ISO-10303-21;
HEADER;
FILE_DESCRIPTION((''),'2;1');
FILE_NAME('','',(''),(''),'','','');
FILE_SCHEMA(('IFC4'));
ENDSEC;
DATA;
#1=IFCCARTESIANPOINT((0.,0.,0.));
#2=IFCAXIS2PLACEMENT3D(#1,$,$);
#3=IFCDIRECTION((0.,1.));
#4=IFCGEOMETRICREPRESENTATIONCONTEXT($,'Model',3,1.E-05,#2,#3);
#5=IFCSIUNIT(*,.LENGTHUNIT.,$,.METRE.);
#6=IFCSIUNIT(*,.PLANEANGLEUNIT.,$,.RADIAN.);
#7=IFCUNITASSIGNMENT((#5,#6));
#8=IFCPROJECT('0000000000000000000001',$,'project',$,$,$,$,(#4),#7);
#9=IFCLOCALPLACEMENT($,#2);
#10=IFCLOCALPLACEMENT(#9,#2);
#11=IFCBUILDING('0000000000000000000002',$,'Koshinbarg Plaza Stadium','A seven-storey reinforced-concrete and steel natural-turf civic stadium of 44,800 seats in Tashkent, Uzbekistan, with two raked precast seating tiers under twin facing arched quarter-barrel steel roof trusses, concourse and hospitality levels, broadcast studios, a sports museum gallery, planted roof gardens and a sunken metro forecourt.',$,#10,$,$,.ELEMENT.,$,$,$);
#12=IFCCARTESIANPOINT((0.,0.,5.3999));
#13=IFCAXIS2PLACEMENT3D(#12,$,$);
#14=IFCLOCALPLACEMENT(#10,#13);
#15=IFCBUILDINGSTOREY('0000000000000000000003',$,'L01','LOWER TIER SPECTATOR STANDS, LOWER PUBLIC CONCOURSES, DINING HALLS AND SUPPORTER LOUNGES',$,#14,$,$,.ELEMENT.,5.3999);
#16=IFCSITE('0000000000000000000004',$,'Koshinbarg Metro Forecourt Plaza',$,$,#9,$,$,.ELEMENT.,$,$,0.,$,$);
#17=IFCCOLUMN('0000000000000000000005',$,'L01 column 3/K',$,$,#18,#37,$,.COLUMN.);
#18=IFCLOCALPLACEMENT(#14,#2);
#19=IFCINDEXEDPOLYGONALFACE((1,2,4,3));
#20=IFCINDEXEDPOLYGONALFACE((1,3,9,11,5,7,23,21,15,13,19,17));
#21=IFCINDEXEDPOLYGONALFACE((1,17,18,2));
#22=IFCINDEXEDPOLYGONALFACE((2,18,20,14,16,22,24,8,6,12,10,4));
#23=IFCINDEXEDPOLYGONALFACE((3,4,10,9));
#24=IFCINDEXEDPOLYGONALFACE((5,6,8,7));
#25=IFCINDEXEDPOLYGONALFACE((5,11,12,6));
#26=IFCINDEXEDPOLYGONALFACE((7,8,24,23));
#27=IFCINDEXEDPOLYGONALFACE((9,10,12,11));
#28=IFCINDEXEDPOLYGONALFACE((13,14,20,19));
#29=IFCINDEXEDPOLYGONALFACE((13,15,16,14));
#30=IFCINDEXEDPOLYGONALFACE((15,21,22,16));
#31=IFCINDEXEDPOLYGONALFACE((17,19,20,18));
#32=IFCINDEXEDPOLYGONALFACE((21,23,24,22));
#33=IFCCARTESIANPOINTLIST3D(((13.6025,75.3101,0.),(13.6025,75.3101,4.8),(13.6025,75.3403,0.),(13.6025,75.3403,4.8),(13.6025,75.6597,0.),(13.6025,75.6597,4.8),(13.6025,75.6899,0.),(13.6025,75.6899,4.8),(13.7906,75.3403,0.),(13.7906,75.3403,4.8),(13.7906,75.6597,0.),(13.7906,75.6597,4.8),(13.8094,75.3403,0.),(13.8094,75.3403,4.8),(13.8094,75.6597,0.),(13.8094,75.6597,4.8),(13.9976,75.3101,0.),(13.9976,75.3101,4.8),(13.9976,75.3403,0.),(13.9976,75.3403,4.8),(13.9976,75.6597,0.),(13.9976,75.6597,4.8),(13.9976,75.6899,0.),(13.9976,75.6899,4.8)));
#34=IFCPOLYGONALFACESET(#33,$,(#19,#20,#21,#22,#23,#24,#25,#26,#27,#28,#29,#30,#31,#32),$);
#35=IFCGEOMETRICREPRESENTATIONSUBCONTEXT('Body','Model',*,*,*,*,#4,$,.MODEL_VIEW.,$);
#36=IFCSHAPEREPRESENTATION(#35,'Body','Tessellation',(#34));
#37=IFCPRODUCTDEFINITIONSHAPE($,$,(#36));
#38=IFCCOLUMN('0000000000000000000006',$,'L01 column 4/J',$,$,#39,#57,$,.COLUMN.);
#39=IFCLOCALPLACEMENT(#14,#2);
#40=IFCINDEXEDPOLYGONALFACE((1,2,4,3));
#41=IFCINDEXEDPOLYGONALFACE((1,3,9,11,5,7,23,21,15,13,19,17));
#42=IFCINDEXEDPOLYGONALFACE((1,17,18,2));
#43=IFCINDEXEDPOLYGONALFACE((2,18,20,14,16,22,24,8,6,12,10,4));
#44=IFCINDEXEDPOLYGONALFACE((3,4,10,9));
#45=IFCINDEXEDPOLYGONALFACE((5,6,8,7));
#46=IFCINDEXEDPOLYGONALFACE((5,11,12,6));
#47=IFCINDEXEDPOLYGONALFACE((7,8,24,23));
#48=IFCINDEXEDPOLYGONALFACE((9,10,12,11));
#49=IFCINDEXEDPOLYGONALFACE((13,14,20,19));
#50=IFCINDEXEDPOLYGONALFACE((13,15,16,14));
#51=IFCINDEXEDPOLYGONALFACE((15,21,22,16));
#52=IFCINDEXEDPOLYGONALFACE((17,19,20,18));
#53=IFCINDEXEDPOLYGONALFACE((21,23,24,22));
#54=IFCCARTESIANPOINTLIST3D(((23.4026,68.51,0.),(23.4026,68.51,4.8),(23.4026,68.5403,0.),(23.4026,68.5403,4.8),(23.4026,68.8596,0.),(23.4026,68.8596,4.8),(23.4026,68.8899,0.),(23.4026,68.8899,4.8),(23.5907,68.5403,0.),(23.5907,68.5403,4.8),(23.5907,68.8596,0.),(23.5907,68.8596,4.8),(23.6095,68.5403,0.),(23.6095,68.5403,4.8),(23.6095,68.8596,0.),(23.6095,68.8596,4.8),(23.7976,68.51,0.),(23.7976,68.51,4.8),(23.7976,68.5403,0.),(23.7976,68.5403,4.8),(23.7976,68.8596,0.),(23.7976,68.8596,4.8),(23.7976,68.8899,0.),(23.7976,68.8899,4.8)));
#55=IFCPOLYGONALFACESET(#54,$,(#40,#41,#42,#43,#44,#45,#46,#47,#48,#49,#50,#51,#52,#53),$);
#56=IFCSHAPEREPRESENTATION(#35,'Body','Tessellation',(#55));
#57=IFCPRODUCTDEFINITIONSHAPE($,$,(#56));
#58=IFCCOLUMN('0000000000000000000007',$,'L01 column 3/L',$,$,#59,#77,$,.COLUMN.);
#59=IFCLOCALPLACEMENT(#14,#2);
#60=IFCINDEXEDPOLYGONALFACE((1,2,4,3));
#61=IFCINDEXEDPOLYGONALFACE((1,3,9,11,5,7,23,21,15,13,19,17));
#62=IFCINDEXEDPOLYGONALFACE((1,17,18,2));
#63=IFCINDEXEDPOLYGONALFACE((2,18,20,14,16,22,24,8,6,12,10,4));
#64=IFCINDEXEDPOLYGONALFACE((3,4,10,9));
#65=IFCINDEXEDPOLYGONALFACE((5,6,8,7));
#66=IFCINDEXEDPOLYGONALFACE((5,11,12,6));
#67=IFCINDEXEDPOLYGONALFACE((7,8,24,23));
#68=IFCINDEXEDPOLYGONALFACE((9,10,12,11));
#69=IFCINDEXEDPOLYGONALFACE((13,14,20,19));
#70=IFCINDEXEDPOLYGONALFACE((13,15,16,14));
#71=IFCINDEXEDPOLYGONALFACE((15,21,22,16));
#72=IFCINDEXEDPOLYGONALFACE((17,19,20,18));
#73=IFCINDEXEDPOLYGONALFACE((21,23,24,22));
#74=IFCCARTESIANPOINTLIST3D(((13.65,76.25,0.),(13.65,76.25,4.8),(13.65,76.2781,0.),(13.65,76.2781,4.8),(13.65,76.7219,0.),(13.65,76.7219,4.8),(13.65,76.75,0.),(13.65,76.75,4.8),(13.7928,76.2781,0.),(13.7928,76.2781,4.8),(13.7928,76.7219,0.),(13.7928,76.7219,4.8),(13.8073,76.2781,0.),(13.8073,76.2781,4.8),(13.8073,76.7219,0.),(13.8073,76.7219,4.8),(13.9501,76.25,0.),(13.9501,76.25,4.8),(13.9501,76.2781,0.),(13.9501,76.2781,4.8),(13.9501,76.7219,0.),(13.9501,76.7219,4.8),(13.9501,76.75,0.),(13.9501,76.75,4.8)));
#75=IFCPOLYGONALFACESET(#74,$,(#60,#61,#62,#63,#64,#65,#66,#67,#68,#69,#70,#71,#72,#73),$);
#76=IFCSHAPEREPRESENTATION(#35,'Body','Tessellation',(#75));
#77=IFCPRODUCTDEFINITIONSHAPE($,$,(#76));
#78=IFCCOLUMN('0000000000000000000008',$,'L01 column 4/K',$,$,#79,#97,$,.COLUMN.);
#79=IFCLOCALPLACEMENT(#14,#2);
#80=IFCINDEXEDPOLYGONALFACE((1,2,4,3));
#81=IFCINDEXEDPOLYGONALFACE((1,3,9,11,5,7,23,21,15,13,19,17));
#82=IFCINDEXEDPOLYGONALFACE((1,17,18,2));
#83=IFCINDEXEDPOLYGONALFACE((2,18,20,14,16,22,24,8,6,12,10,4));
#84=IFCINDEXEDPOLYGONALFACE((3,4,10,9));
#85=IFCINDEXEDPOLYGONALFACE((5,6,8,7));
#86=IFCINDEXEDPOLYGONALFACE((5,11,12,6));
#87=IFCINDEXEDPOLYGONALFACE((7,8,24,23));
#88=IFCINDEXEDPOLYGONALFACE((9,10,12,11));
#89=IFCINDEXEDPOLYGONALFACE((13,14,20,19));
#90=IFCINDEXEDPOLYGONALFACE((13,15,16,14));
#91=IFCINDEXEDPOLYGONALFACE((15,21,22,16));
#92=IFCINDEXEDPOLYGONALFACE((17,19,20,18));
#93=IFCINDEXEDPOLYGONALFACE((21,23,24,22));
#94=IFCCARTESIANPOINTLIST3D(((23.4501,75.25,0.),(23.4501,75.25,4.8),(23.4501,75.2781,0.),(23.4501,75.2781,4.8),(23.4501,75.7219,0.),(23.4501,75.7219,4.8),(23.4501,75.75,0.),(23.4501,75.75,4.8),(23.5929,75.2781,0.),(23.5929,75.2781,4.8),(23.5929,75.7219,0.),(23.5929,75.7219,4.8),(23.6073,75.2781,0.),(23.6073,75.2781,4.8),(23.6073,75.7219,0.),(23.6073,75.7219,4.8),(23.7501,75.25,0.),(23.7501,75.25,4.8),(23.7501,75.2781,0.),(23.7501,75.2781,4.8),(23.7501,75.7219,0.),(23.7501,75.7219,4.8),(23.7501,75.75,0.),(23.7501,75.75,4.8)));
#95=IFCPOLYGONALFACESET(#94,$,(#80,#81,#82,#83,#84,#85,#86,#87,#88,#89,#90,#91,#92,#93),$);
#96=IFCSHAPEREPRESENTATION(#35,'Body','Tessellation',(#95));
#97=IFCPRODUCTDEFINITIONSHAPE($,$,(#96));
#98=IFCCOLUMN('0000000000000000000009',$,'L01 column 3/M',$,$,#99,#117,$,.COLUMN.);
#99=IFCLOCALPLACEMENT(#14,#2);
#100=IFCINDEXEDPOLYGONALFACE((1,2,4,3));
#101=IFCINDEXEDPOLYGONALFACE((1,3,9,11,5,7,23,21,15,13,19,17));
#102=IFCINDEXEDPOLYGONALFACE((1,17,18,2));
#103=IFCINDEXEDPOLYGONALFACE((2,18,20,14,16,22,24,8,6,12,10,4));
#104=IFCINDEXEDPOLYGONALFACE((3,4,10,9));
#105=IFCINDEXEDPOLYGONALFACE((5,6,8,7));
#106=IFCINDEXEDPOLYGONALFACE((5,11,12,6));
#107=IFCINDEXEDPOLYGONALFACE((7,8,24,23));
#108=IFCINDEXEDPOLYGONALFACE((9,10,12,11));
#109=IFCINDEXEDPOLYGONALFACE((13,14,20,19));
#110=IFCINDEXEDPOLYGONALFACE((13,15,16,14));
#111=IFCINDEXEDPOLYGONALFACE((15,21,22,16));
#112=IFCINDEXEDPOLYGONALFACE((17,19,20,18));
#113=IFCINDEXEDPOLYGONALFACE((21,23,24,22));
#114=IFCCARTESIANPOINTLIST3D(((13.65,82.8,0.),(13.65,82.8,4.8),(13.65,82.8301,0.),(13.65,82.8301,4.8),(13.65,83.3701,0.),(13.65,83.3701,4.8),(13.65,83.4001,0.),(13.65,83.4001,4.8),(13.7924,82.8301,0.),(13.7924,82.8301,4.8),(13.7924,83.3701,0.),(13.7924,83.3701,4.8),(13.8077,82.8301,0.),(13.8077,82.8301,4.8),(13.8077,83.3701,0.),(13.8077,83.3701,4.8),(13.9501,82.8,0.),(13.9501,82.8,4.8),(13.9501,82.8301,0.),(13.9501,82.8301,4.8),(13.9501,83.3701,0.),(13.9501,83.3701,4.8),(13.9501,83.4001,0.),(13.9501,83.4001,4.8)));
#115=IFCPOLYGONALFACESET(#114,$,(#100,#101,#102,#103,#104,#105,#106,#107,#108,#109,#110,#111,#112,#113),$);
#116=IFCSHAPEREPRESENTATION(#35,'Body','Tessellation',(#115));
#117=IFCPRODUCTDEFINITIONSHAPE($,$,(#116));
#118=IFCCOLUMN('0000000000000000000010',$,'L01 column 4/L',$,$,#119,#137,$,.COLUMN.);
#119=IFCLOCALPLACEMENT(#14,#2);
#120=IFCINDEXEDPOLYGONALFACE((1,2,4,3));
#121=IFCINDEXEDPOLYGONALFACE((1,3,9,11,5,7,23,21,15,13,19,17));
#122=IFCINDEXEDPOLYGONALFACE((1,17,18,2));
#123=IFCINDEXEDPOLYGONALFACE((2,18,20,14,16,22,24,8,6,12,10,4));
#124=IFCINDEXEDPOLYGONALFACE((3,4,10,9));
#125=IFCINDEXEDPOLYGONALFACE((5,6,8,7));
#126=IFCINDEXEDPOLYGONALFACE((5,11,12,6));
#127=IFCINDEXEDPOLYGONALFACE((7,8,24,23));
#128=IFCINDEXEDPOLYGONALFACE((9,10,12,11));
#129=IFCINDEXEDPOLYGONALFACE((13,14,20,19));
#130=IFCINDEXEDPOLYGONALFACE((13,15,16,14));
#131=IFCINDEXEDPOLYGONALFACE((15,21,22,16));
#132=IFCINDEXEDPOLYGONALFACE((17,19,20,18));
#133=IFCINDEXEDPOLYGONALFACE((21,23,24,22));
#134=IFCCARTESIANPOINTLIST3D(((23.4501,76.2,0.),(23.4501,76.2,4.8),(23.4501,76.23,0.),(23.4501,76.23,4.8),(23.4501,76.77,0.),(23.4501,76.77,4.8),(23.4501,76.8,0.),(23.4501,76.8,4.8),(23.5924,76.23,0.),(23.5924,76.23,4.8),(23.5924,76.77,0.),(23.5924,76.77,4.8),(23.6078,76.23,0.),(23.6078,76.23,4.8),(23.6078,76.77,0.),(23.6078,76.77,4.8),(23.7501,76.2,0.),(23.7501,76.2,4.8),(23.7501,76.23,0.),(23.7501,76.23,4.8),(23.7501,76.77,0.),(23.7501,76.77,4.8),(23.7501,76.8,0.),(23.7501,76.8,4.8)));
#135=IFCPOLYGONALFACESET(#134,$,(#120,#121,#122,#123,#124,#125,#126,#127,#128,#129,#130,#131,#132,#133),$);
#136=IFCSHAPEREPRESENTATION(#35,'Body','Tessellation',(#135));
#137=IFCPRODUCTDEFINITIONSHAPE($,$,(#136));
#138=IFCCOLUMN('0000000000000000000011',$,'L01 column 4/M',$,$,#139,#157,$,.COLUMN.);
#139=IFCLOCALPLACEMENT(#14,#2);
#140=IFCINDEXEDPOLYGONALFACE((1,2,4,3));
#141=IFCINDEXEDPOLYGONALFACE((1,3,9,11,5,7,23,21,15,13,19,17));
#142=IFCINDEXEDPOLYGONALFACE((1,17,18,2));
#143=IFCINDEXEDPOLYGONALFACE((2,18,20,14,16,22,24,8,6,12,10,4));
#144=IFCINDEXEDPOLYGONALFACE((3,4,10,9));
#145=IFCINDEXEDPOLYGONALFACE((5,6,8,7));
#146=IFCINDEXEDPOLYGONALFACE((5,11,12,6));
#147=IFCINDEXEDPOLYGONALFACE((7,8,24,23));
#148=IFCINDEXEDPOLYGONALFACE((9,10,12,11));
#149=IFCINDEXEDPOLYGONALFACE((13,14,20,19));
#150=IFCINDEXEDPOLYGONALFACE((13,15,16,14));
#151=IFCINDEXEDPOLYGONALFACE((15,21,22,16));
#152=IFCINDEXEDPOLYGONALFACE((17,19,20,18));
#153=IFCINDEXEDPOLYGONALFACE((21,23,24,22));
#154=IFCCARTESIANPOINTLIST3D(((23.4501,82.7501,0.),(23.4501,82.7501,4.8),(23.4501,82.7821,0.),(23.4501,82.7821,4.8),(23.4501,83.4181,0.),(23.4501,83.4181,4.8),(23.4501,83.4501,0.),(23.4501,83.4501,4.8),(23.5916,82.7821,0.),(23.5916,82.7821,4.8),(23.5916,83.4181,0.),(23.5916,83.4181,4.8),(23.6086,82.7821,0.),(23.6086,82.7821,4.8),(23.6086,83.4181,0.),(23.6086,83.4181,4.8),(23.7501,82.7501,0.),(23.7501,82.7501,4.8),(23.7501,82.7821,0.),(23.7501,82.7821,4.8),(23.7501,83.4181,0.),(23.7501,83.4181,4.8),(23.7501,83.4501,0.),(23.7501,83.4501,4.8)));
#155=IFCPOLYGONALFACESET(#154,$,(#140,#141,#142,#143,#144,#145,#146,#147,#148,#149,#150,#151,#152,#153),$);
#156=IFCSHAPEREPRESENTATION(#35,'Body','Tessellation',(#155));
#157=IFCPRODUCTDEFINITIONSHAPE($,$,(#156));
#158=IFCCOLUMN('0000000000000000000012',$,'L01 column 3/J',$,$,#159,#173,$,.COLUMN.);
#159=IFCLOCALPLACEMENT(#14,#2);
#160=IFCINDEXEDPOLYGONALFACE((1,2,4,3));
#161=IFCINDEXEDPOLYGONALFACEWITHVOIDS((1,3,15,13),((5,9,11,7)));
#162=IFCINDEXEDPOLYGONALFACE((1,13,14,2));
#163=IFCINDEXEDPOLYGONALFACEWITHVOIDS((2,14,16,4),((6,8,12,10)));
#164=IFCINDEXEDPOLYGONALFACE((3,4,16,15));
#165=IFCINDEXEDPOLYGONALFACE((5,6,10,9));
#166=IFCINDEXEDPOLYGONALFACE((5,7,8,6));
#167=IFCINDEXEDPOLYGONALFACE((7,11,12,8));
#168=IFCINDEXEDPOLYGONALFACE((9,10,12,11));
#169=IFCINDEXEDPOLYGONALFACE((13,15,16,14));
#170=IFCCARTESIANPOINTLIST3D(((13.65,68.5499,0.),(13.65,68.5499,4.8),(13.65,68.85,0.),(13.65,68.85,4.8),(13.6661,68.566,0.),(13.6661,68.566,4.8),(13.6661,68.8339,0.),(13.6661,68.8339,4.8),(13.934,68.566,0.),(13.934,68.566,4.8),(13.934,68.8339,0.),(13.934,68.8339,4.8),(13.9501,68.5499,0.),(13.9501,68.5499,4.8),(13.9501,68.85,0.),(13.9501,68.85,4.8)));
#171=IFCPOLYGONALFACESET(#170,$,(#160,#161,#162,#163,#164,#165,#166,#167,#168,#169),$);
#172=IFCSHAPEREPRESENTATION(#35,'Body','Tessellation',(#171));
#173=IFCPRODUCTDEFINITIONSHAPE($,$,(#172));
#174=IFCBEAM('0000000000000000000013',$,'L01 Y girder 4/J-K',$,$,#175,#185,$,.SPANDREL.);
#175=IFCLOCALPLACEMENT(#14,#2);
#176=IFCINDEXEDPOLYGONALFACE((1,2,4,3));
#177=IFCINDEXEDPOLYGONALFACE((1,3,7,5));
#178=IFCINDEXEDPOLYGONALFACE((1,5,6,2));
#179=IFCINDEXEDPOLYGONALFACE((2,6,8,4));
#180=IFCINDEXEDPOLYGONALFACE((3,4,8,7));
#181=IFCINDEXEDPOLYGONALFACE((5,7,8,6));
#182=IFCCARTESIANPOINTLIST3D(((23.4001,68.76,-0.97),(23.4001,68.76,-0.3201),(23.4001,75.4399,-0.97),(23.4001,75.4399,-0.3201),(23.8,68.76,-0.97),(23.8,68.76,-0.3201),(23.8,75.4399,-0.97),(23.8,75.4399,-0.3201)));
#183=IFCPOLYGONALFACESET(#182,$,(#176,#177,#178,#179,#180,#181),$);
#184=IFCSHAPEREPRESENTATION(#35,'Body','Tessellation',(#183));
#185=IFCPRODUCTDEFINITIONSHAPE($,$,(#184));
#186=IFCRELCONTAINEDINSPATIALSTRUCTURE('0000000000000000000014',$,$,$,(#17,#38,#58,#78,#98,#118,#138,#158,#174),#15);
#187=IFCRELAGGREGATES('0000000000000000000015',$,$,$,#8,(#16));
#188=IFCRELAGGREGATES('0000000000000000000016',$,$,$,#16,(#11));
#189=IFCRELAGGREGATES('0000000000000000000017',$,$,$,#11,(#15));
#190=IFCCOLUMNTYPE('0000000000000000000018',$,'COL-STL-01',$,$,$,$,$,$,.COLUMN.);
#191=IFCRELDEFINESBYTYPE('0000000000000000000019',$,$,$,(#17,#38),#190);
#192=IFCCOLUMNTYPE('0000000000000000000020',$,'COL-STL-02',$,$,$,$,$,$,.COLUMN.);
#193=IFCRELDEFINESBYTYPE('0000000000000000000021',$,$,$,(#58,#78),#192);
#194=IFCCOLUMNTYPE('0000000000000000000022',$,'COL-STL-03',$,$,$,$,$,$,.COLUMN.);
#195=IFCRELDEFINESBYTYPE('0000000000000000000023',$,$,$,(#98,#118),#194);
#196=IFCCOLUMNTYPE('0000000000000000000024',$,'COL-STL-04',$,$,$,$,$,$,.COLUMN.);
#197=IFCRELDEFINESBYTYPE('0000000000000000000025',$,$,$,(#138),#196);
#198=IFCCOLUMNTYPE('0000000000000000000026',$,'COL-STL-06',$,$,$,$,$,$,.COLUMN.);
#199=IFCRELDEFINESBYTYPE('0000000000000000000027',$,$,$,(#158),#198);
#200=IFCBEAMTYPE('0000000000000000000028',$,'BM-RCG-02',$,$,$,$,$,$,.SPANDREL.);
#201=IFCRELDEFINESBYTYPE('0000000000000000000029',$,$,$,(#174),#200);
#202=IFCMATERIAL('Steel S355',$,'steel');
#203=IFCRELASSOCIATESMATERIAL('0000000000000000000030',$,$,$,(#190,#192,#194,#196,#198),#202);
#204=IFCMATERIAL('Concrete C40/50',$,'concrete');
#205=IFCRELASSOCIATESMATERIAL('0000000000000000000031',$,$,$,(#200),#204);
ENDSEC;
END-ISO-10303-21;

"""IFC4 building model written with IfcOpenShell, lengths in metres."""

from ifc_helpers import new_model, si_unit, direction, frame, origin, origin_2d, place, context, subcontext, project, spatial, rectangle, hollow_rectangle, i_section, extrude, material, material_profile, profile_set, type_object, element, save


model = new_model("IFC4")

# Units and contexts
model_context = context("Model", 3, precision=1e-05, world=origin(), true_north=direction((0.0, 1.0)))
body_context = subcontext(model_context, "Body", "Model", "MODEL_VIEW")
ifc_project = project(units=[si_unit("LENGTHUNIT", "METRE"), si_unit("PLANEANGLEUNIT", "RADIAN")], contexts=[model_context])

# Site, building, storey
site_placement = place(None, origin())
site = spatial("IfcSite", under=ifc_project, at=site_placement, Name="Koshinbarg Metro Forecourt Plaza", CompositionType="ELEMENT", RefElevation=0.0)
building_placement = place(site_placement, origin())
building = spatial("IfcBuilding", under=site, at=building_placement, Name="Koshinbarg Plaza Stadium", Description="A seven-storey reinforced-concrete and steel natural-turf civic stadium of 44,800 seats in Tashkent, Uzbekistan, with two raked precast seating tiers under twin facing arched quarter-barrel steel roof trusses, concourse and hospitality levels, broadcast studios, a sports museum gallery, planted roof gardens and a sunken metro forecourt.", CompositionType="ELEMENT")
storey_placement = place(building_placement, frame((0.0, 0.0, 5.3999)))
storey = spatial("IfcBuildingStorey", under=building, at=storey_placement, Name="L01", Description="LOWER TIER SPECTATOR STANDS, LOWER PUBLIC CONCOURSES, DINING HALLS AND SUPPORTER LOUNGES", CompositionType="ELEMENT", Elevation=5.3999)

# Columns
ifc_material_1 = material(Name="Steel S355", Category="steel")
ifc_material_profile_1 = material_profile(ifc_material_1, i_section(OverallWidth=0.395, OverallDepth=0.3799, WebThickness=0.0188, FlangeThickness=0.0303, at=origin_2d()), Name="HD 400x237")
ifc_profile_set_1 = profile_set([ifc_material_profile_1], Name="Steel S355")
column_type_1 = type_object("IfcColumnType", Name="COL-STL-01", PredefinedType="COLUMN", material=ifc_profile_set_1)
for number, where, z_axis, x_axis, name in (
    (1, (13.8, 75.5, 0.0), (0.0, 0.0, 1.0), (1.0, 0.0, 0.0), "L01 column 3/K"),
    (2, (23.6001, 68.7, 0.0), (0.0, 0.0, 1.0), (1.0, 0.0, 0.0), "L01 column 4/J"),
):
    element("IfcColumn", number, at=place(storey_placement, frame(where, z_axis=z_axis, x_axis=x_axis)), inside=storey, type_object=column_type_1, Name=name, PredefinedType="COLUMN", context=body_context, shape_type="SweptSolid", body=[
        extrude(i_section(OverallWidth=0.395, OverallDepth=0.3799, WebThickness=0.0188, FlangeThickness=0.0303, at=origin_2d()), origin(), (0.0, 0.0, 1.0), 4.8),
    ])
ifc_material_profile_2 = material_profile(ifc_material_1, i_section(OverallWidth=0.3, OverallDepth=0.5, WebThickness=0.0144, FlangeThickness=0.0281, at=origin_2d()), Name="HEB 500")
ifc_profile_set_2 = profile_set([ifc_material_profile_2], Name="Steel S355")
column_type_2 = type_object("IfcColumnType", Name="COL-STL-02", PredefinedType="COLUMN", material=ifc_profile_set_2)
for number, where, z_axis, x_axis, name in (
    (3, (13.8, 76.5, 0.0), (0.0, 0.0, 1.0), (1.0, 0.0, 0.0), "L01 column 3/L"),
    (4, (23.6001, 75.5, 0.0), (0.0, 0.0, 1.0), (1.0, 0.0, 0.0), "L01 column 4/K"),
):
    element("IfcColumn", number, at=place(storey_placement, frame(where, z_axis=z_axis, x_axis=x_axis)), inside=storey, type_object=column_type_2, Name=name, PredefinedType="COLUMN", context=body_context, shape_type="SweptSolid", body=[
        extrude(i_section(OverallWidth=0.3, OverallDepth=0.5, WebThickness=0.0144, FlangeThickness=0.0281, at=origin_2d()), origin(), (0.0, 0.0, 1.0), 4.8),
    ])
ifc_material_profile_3 = material_profile(ifc_material_1, i_section(OverallWidth=0.3, OverallDepth=0.6001, WebThickness=0.0154, FlangeThickness=0.03, at=origin_2d()), Name="HEB 600")
ifc_profile_set_3 = profile_set([ifc_material_profile_3], Name="Steel S355")
column_type_3 = type_object("IfcColumnType", Name="COL-STL-03", PredefinedType="COLUMN", material=ifc_profile_set_3)
for number, where, z_axis, x_axis, name in (
    (5, (13.8, 83.1001, 0.0), (0.0, 0.0, 1.0), (1.0, 0.0, 0.0), "L01 column 3/M"),
    (6, (23.6001, 76.5, 0.0), (0.0, 0.0, 1.0), (1.0, 0.0, 0.0), "L01 column 4/L"),
):
    element("IfcColumn", number, at=place(storey_placement, frame(where, z_axis=z_axis, x_axis=x_axis)), inside=storey, type_object=column_type_3, Name=name, PredefinedType="COLUMN", context=body_context, shape_type="SweptSolid", body=[
        extrude(i_section(OverallWidth=0.3, OverallDepth=0.6001, WebThickness=0.0154, FlangeThickness=0.03, at=origin_2d()), origin(), (0.0, 0.0, 1.0), 4.8),
    ])
ifc_material_profile_4 = material_profile(ifc_material_1, i_section(OverallWidth=0.3, OverallDepth=0.7, WebThickness=0.0171, FlangeThickness=0.032, at=origin_2d()), Name="HEB 700")
ifc_profile_set_4 = profile_set([ifc_material_profile_4], Name="Steel S355")
column_type_4 = type_object("IfcColumnType", Name="COL-STL-04", PredefinedType="COLUMN", material=ifc_profile_set_4)
column_1_placement = place(storey_placement, frame((23.6001, 83.1001, 0.0), z_axis=(0.0, 0.0, 1.0), x_axis=(1.0, 0.0, 0.0)))
element("IfcColumn", 7, at=column_1_placement, inside=storey, type_object=column_type_4, Name="L01 column 4/M", PredefinedType="COLUMN", context=body_context, shape_type="SweptSolid", body=[
    extrude(i_section(OverallWidth=0.3, OverallDepth=0.7, WebThickness=0.0171, FlangeThickness=0.032, at=origin_2d()), origin(), (0.0, 0.0, 1.0), 4.8),
])
ifc_material_profile_5 = material_profile(ifc_material_1, hollow_rectangle(XDim=0.3, YDim=0.3, WallThickness=0.0161, at=origin_2d()), Name="SHS 300x300x16")
ifc_profile_set_5 = profile_set([ifc_material_profile_5], Name="Steel S355")
column_type_5 = type_object("IfcColumnType", Name="COL-STL-06", PredefinedType="COLUMN", material=ifc_profile_set_5)
column_2_placement = place(storey_placement, frame((13.8, 68.7, 0.0), z_axis=(0.0, 0.0, 1.0), x_axis=(1.0, 0.0, 0.0)))
element("IfcColumn", 8, at=column_2_placement, inside=storey, type_object=column_type_5, Name="L01 column 3/J", PredefinedType="COLUMN", context=body_context, shape_type="SweptSolid", body=[
    extrude(hollow_rectangle(XDim=0.3, YDim=0.3, WallThickness=0.0161, at=origin_2d()), origin(), (0.0, 0.0, 1.0), 4.8),
])

# Beam
ifc_material_2 = material(Name="Concrete C40/50", Category="concrete")
ifc_material_profile_6 = material_profile(ifc_material_2, rectangle(XDim=0.3999, YDim=0.6499, at=origin_2d()), Name="RC 400x650")
ifc_profile_set_6 = profile_set([ifc_material_profile_6], Name="Concrete C40/50")
beam_type_1 = type_object("IfcBeamType", Name="BM-RCG-02", PredefinedType="SPANDREL", material=ifc_profile_set_6)
beam_1_placement = place(storey_placement, frame((23.6001, 68.76, -0.645), z_axis=(0.0, 1.0, 0.0), x_axis=(-1.0, 0.0, 0.0)))
element("IfcBeam", 9, at=beam_1_placement, inside=storey, type_object=beam_type_1, Name="L01 Y girder 4/J-K", PredefinedType="SPANDREL", context=body_context, shape_type="SweptSolid", body=[
    extrude(rectangle(XDim=0.3999, YDim=0.6499, at=origin_2d()), origin(), (0.0, 0.0, 1.0), 6.6799),
])

save(model, "model.ifc")
